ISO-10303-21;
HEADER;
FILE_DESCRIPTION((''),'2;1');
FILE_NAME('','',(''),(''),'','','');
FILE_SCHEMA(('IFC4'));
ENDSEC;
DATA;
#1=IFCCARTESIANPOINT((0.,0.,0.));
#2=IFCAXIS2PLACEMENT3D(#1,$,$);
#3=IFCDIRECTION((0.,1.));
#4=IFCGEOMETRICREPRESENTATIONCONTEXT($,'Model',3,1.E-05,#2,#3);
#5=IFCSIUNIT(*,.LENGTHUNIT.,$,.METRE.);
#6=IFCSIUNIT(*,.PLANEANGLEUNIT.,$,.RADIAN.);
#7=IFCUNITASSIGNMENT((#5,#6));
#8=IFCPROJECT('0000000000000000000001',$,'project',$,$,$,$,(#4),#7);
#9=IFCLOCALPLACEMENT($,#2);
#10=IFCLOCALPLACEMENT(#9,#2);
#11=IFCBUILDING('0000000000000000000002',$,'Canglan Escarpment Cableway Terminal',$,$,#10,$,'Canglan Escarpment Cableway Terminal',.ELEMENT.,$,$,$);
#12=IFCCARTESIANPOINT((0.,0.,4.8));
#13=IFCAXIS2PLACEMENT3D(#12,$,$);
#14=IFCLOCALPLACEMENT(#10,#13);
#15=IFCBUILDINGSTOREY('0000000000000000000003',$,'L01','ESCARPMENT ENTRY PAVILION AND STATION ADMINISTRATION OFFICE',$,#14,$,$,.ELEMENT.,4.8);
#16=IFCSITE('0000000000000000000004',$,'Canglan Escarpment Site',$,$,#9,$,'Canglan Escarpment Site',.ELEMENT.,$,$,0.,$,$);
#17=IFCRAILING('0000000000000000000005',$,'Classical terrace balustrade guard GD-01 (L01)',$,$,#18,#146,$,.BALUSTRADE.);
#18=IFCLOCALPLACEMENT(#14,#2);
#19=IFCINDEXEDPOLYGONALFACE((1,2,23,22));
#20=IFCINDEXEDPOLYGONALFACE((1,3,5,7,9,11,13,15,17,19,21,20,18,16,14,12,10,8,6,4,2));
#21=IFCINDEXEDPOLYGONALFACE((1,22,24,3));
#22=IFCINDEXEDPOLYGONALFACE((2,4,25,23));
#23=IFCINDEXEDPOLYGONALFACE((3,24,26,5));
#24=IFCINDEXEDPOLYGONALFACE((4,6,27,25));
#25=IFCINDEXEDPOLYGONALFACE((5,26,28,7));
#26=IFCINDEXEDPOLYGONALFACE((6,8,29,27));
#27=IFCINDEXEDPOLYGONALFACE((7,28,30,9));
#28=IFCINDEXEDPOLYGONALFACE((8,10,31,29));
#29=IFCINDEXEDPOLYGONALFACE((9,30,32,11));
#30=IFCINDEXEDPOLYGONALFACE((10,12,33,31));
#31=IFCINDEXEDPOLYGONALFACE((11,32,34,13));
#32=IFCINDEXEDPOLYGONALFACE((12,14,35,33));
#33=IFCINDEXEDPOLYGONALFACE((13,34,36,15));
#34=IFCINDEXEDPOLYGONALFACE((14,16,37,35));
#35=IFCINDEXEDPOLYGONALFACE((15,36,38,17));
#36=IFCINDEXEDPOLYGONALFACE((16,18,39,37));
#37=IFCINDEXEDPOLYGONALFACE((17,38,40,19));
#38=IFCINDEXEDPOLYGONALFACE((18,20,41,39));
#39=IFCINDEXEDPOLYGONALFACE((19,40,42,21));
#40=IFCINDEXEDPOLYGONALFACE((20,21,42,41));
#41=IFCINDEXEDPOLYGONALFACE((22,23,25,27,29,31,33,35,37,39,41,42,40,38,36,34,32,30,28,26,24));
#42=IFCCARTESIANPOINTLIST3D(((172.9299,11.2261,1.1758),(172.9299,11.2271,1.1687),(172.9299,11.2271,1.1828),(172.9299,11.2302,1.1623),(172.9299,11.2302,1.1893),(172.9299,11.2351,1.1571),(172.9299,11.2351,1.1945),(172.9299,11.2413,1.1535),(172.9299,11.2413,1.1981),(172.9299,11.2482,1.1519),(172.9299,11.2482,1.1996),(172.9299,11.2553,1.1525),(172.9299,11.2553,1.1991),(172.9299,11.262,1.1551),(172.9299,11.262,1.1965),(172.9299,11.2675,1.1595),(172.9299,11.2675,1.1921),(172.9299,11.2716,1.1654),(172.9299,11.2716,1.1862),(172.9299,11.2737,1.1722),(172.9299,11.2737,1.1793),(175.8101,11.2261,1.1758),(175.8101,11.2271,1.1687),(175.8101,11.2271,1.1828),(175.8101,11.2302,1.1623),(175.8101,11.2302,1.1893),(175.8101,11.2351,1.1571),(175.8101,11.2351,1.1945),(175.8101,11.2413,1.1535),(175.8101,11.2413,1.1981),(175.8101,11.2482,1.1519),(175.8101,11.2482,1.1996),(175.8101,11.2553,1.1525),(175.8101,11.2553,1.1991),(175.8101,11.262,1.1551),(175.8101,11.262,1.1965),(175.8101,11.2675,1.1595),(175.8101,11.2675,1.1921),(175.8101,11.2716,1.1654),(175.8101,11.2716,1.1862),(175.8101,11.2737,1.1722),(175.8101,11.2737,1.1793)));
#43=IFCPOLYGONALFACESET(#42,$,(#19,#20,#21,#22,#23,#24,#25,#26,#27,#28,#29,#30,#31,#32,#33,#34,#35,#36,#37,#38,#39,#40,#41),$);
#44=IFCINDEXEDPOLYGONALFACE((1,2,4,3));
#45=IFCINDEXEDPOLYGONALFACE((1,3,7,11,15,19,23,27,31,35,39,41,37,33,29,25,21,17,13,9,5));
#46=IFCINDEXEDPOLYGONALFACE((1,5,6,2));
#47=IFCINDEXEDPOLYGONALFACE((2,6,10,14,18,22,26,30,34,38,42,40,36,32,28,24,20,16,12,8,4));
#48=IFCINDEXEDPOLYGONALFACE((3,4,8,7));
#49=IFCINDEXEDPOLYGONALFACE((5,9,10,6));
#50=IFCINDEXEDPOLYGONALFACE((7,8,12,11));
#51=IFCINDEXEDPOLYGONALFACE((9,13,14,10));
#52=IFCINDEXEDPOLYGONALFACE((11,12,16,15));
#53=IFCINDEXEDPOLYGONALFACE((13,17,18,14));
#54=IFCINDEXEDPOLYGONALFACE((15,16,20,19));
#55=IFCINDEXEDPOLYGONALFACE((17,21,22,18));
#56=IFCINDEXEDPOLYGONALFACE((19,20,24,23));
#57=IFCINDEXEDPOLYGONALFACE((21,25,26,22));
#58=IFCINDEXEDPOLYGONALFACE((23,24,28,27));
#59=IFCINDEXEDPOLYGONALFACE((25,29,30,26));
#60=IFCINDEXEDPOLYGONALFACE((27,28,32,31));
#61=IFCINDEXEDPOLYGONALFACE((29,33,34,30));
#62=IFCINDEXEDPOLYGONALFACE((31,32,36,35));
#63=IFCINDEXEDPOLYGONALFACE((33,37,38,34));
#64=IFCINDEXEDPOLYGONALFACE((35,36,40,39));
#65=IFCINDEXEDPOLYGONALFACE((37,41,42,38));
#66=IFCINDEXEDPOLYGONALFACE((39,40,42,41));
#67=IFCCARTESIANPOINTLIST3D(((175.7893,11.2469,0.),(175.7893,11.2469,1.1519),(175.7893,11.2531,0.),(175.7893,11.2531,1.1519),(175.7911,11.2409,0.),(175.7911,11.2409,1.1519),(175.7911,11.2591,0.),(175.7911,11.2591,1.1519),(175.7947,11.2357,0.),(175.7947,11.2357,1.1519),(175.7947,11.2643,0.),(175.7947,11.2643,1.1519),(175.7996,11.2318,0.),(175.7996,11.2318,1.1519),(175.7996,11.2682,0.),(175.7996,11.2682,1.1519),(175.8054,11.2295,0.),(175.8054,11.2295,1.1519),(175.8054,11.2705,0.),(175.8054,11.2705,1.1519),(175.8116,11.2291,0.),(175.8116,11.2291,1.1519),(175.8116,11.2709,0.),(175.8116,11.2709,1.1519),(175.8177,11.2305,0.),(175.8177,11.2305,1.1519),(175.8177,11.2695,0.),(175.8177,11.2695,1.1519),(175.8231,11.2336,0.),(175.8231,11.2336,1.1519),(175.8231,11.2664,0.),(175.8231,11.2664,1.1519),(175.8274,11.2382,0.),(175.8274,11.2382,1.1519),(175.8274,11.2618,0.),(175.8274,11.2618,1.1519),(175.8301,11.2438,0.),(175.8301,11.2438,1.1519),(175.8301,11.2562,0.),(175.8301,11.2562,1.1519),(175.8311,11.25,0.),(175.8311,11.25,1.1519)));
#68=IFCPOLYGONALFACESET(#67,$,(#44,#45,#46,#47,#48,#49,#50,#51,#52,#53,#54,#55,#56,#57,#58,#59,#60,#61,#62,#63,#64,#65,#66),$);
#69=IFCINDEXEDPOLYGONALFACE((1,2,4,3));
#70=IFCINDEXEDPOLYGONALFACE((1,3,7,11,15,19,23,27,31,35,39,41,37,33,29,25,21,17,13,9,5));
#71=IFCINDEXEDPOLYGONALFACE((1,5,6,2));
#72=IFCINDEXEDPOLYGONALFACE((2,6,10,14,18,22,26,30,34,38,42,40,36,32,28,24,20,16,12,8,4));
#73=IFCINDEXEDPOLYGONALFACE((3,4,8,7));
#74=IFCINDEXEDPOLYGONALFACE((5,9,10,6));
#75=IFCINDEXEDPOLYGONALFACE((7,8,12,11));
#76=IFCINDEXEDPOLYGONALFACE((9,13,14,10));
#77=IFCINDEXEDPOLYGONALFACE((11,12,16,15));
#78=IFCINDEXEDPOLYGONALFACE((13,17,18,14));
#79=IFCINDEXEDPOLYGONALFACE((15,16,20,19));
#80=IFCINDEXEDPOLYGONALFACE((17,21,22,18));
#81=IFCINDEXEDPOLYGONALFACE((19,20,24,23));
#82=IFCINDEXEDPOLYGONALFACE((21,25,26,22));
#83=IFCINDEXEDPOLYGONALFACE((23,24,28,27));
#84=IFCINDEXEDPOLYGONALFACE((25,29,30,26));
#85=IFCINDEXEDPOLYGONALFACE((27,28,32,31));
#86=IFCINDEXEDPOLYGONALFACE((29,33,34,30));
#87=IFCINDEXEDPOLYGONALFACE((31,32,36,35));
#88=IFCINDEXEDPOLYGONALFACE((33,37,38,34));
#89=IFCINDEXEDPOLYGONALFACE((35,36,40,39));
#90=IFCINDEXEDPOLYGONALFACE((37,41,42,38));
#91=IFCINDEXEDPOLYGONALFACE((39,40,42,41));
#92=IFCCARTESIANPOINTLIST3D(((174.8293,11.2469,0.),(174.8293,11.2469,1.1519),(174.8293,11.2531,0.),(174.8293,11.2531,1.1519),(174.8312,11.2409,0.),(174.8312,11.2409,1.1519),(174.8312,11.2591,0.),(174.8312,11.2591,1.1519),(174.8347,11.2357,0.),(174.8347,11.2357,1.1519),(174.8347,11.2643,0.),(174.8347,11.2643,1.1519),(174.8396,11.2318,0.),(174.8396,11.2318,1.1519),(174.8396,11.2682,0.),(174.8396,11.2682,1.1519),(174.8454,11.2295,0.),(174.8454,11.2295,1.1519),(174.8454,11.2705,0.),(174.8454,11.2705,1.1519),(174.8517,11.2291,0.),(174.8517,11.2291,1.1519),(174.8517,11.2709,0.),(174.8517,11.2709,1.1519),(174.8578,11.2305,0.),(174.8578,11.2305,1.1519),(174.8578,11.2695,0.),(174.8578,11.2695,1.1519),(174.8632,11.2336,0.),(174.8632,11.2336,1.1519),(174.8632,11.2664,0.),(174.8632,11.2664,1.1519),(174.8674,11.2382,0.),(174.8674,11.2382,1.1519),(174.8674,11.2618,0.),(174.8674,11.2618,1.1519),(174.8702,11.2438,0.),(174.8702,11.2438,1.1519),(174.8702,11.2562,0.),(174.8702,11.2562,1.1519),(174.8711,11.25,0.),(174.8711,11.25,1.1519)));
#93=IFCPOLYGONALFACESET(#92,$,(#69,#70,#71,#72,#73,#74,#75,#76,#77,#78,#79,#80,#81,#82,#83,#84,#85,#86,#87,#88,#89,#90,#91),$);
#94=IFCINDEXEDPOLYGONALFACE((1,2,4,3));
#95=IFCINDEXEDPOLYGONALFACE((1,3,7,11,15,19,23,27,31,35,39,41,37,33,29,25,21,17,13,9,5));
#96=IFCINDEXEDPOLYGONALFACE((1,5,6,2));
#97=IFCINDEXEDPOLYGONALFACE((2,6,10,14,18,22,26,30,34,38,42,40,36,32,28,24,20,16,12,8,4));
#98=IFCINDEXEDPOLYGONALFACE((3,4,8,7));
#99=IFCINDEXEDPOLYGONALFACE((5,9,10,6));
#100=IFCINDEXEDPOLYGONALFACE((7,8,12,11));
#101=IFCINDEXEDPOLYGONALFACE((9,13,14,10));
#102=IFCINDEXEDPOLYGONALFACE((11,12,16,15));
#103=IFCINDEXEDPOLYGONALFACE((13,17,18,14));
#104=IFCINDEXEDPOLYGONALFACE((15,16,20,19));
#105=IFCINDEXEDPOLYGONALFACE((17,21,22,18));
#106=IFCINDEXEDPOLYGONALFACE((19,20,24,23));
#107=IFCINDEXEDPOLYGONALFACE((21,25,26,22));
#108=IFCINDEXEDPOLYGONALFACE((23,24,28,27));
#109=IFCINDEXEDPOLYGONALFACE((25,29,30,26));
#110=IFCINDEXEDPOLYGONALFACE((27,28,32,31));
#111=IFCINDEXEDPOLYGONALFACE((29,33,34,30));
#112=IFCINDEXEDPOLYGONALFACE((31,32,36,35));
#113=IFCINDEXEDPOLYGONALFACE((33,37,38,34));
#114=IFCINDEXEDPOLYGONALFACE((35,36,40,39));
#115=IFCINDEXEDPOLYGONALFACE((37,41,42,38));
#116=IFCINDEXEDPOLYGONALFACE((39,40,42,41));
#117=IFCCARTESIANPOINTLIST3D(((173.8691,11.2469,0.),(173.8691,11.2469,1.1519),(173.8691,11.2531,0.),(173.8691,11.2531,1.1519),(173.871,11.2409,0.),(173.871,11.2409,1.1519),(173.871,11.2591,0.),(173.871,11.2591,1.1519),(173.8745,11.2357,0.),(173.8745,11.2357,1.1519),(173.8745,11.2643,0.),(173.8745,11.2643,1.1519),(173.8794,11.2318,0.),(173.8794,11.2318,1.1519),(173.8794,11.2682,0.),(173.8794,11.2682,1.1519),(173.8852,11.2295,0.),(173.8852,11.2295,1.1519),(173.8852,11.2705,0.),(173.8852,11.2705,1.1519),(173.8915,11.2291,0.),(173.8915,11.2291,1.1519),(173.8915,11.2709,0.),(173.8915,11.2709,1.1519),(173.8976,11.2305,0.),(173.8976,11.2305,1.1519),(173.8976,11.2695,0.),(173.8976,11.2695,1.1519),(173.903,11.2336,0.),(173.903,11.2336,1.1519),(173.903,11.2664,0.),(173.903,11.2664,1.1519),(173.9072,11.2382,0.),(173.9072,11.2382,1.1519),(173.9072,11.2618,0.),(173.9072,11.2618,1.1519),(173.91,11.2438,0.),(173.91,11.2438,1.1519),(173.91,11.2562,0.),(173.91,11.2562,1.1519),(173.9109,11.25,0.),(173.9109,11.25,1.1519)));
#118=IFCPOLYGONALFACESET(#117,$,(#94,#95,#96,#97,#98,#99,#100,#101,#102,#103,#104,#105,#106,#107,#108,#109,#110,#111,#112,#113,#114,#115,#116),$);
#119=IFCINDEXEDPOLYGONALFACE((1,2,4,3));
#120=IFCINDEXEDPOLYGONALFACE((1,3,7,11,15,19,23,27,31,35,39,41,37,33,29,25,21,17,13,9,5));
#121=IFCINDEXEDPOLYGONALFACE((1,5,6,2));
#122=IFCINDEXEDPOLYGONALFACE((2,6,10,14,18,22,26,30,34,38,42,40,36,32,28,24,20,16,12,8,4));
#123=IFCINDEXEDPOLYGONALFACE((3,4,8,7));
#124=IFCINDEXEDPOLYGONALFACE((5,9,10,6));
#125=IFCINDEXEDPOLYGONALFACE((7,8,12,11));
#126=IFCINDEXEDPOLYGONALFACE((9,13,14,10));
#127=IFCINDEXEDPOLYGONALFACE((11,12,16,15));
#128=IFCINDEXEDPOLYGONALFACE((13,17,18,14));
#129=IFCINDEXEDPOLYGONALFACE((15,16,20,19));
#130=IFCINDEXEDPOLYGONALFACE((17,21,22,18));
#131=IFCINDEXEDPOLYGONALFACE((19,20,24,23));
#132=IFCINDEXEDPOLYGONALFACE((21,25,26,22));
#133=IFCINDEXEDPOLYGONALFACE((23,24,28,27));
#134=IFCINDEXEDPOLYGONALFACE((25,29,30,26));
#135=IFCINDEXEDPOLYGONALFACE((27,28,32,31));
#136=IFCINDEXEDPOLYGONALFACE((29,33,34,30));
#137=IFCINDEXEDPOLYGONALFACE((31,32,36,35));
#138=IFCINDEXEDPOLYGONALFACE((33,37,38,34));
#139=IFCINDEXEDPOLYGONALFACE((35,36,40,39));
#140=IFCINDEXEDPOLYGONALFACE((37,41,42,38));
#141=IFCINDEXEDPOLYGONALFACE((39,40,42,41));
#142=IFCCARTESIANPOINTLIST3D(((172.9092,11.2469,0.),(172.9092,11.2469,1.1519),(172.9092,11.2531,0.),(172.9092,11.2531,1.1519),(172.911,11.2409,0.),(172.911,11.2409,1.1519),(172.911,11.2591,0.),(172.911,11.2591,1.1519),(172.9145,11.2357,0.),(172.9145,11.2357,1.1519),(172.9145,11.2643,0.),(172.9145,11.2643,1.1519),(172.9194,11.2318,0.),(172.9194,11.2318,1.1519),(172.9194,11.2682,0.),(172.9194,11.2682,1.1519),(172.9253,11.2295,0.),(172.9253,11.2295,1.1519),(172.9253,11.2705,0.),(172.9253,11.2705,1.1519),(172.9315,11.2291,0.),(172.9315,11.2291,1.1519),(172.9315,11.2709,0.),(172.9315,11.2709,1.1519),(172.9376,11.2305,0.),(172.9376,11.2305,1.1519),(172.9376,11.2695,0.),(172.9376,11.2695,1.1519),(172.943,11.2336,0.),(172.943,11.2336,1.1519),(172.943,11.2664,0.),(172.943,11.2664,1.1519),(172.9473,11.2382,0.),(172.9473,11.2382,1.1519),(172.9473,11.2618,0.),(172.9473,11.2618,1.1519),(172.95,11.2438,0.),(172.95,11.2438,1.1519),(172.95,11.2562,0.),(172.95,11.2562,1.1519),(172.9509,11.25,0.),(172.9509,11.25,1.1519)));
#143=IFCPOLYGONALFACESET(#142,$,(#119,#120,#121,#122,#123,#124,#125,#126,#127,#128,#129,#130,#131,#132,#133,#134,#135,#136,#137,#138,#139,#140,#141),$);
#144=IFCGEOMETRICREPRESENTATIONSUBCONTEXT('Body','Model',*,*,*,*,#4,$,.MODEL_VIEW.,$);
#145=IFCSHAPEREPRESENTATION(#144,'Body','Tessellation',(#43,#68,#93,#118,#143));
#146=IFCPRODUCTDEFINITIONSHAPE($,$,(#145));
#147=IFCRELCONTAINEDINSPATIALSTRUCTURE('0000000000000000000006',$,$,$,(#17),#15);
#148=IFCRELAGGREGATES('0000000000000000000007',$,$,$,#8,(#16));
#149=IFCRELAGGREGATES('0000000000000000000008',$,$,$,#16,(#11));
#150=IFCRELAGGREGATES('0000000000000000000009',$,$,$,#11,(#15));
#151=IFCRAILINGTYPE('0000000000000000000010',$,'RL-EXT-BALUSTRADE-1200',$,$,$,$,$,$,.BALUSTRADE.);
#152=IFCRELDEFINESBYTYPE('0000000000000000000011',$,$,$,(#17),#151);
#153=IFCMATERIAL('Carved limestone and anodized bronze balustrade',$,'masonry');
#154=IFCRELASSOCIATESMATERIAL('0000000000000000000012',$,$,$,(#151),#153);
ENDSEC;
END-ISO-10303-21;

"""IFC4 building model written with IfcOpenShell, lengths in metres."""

from ifc_helpers import new_model, si_unit, direction, frame, origin, origin_2d, place, context, subcontext, project, spatial, circle, extrude, material, type_object, element, save


model = new_model("IFC4")

# Units and contexts
model_context = context("Model", 3, precision=1e-05, world=origin(), true_north=direction((0.0, 1.0)))
body_context = subcontext(model_context, "Body", "Model", "MODEL_VIEW")
ifc_project = project(units=[si_unit("LENGTHUNIT", "METRE"), si_unit("PLANEANGLEUNIT", "RADIAN")], contexts=[model_context])

# Site, building, storey
site_placement = place(None, origin())
site = spatial("IfcSite", under=ifc_project, at=site_placement, Name="Canglan Escarpment Site", LongName="Canglan Escarpment Site", CompositionType="ELEMENT", RefElevation=0.0)
building_placement = place(site_placement, origin())
building = spatial("IfcBuilding", under=site, at=building_placement, Name="Canglan Escarpment Cableway Terminal", LongName="Canglan Escarpment Cableway Terminal", CompositionType="ELEMENT")
storey_placement = place(building_placement, frame((0.0, 0.0, 4.8)))
storey = spatial("IfcBuildingStorey", under=building, at=storey_placement, Name="L01", Description="ESCARPMENT ENTRY PAVILION AND STATION ADMINISTRATION OFFICE", CompositionType="ELEMENT", Elevation=4.8)

# Railing
ifc_material_1 = material(Name="Carved limestone and anodized bronze balustrade", Category="masonry")
railing_type = type_object("IfcRailingType", Name="RL-EXT-BALUSTRADE-1200", PredefinedType="BALUSTRADE", material=ifc_material_1)
railing_1_placement = place(storey_placement, frame((175.8101, 11.25, 0.0)))
element("IfcRailing", 1, at=railing_1_placement, inside=storey, type_object=railing_type, Name="Classical terrace balustrade guard GD-01 (L01)", PredefinedType="BALUSTRADE", context=body_context, shape_type="SweptSolid", body=[
    extrude(circle(Radius=0.0239, at=origin_2d()), frame((0.0, 0.0, 1.1758), z_axis=(-1.0, 0.0, 0.0), x_axis=(0.0, -1.0, 0.0)), (0.0, 0.0, 1.0), 2.8801),
    extrude(circle(Radius=0.021, at=origin_2d()), origin(), (0.0, 0.0, 1.0), 1.1519),
    extrude(circle(Radius=0.021, at=origin_2d()), frame((-0.96, 0.0, 0.0)), (0.0, 0.0, 1.0), 1.1519),
    extrude(circle(Radius=0.021, at=origin_2d()), frame((-1.9202, 0.0, 0.0)), (0.0, 0.0, 1.0), 1.1519),
    extrude(circle(Radius=0.021, at=origin_2d()), frame((-2.8801, 0.0, 0.0)), (0.0, 0.0, 1.0), 1.1519),
])

save(model, "model.ifc")
